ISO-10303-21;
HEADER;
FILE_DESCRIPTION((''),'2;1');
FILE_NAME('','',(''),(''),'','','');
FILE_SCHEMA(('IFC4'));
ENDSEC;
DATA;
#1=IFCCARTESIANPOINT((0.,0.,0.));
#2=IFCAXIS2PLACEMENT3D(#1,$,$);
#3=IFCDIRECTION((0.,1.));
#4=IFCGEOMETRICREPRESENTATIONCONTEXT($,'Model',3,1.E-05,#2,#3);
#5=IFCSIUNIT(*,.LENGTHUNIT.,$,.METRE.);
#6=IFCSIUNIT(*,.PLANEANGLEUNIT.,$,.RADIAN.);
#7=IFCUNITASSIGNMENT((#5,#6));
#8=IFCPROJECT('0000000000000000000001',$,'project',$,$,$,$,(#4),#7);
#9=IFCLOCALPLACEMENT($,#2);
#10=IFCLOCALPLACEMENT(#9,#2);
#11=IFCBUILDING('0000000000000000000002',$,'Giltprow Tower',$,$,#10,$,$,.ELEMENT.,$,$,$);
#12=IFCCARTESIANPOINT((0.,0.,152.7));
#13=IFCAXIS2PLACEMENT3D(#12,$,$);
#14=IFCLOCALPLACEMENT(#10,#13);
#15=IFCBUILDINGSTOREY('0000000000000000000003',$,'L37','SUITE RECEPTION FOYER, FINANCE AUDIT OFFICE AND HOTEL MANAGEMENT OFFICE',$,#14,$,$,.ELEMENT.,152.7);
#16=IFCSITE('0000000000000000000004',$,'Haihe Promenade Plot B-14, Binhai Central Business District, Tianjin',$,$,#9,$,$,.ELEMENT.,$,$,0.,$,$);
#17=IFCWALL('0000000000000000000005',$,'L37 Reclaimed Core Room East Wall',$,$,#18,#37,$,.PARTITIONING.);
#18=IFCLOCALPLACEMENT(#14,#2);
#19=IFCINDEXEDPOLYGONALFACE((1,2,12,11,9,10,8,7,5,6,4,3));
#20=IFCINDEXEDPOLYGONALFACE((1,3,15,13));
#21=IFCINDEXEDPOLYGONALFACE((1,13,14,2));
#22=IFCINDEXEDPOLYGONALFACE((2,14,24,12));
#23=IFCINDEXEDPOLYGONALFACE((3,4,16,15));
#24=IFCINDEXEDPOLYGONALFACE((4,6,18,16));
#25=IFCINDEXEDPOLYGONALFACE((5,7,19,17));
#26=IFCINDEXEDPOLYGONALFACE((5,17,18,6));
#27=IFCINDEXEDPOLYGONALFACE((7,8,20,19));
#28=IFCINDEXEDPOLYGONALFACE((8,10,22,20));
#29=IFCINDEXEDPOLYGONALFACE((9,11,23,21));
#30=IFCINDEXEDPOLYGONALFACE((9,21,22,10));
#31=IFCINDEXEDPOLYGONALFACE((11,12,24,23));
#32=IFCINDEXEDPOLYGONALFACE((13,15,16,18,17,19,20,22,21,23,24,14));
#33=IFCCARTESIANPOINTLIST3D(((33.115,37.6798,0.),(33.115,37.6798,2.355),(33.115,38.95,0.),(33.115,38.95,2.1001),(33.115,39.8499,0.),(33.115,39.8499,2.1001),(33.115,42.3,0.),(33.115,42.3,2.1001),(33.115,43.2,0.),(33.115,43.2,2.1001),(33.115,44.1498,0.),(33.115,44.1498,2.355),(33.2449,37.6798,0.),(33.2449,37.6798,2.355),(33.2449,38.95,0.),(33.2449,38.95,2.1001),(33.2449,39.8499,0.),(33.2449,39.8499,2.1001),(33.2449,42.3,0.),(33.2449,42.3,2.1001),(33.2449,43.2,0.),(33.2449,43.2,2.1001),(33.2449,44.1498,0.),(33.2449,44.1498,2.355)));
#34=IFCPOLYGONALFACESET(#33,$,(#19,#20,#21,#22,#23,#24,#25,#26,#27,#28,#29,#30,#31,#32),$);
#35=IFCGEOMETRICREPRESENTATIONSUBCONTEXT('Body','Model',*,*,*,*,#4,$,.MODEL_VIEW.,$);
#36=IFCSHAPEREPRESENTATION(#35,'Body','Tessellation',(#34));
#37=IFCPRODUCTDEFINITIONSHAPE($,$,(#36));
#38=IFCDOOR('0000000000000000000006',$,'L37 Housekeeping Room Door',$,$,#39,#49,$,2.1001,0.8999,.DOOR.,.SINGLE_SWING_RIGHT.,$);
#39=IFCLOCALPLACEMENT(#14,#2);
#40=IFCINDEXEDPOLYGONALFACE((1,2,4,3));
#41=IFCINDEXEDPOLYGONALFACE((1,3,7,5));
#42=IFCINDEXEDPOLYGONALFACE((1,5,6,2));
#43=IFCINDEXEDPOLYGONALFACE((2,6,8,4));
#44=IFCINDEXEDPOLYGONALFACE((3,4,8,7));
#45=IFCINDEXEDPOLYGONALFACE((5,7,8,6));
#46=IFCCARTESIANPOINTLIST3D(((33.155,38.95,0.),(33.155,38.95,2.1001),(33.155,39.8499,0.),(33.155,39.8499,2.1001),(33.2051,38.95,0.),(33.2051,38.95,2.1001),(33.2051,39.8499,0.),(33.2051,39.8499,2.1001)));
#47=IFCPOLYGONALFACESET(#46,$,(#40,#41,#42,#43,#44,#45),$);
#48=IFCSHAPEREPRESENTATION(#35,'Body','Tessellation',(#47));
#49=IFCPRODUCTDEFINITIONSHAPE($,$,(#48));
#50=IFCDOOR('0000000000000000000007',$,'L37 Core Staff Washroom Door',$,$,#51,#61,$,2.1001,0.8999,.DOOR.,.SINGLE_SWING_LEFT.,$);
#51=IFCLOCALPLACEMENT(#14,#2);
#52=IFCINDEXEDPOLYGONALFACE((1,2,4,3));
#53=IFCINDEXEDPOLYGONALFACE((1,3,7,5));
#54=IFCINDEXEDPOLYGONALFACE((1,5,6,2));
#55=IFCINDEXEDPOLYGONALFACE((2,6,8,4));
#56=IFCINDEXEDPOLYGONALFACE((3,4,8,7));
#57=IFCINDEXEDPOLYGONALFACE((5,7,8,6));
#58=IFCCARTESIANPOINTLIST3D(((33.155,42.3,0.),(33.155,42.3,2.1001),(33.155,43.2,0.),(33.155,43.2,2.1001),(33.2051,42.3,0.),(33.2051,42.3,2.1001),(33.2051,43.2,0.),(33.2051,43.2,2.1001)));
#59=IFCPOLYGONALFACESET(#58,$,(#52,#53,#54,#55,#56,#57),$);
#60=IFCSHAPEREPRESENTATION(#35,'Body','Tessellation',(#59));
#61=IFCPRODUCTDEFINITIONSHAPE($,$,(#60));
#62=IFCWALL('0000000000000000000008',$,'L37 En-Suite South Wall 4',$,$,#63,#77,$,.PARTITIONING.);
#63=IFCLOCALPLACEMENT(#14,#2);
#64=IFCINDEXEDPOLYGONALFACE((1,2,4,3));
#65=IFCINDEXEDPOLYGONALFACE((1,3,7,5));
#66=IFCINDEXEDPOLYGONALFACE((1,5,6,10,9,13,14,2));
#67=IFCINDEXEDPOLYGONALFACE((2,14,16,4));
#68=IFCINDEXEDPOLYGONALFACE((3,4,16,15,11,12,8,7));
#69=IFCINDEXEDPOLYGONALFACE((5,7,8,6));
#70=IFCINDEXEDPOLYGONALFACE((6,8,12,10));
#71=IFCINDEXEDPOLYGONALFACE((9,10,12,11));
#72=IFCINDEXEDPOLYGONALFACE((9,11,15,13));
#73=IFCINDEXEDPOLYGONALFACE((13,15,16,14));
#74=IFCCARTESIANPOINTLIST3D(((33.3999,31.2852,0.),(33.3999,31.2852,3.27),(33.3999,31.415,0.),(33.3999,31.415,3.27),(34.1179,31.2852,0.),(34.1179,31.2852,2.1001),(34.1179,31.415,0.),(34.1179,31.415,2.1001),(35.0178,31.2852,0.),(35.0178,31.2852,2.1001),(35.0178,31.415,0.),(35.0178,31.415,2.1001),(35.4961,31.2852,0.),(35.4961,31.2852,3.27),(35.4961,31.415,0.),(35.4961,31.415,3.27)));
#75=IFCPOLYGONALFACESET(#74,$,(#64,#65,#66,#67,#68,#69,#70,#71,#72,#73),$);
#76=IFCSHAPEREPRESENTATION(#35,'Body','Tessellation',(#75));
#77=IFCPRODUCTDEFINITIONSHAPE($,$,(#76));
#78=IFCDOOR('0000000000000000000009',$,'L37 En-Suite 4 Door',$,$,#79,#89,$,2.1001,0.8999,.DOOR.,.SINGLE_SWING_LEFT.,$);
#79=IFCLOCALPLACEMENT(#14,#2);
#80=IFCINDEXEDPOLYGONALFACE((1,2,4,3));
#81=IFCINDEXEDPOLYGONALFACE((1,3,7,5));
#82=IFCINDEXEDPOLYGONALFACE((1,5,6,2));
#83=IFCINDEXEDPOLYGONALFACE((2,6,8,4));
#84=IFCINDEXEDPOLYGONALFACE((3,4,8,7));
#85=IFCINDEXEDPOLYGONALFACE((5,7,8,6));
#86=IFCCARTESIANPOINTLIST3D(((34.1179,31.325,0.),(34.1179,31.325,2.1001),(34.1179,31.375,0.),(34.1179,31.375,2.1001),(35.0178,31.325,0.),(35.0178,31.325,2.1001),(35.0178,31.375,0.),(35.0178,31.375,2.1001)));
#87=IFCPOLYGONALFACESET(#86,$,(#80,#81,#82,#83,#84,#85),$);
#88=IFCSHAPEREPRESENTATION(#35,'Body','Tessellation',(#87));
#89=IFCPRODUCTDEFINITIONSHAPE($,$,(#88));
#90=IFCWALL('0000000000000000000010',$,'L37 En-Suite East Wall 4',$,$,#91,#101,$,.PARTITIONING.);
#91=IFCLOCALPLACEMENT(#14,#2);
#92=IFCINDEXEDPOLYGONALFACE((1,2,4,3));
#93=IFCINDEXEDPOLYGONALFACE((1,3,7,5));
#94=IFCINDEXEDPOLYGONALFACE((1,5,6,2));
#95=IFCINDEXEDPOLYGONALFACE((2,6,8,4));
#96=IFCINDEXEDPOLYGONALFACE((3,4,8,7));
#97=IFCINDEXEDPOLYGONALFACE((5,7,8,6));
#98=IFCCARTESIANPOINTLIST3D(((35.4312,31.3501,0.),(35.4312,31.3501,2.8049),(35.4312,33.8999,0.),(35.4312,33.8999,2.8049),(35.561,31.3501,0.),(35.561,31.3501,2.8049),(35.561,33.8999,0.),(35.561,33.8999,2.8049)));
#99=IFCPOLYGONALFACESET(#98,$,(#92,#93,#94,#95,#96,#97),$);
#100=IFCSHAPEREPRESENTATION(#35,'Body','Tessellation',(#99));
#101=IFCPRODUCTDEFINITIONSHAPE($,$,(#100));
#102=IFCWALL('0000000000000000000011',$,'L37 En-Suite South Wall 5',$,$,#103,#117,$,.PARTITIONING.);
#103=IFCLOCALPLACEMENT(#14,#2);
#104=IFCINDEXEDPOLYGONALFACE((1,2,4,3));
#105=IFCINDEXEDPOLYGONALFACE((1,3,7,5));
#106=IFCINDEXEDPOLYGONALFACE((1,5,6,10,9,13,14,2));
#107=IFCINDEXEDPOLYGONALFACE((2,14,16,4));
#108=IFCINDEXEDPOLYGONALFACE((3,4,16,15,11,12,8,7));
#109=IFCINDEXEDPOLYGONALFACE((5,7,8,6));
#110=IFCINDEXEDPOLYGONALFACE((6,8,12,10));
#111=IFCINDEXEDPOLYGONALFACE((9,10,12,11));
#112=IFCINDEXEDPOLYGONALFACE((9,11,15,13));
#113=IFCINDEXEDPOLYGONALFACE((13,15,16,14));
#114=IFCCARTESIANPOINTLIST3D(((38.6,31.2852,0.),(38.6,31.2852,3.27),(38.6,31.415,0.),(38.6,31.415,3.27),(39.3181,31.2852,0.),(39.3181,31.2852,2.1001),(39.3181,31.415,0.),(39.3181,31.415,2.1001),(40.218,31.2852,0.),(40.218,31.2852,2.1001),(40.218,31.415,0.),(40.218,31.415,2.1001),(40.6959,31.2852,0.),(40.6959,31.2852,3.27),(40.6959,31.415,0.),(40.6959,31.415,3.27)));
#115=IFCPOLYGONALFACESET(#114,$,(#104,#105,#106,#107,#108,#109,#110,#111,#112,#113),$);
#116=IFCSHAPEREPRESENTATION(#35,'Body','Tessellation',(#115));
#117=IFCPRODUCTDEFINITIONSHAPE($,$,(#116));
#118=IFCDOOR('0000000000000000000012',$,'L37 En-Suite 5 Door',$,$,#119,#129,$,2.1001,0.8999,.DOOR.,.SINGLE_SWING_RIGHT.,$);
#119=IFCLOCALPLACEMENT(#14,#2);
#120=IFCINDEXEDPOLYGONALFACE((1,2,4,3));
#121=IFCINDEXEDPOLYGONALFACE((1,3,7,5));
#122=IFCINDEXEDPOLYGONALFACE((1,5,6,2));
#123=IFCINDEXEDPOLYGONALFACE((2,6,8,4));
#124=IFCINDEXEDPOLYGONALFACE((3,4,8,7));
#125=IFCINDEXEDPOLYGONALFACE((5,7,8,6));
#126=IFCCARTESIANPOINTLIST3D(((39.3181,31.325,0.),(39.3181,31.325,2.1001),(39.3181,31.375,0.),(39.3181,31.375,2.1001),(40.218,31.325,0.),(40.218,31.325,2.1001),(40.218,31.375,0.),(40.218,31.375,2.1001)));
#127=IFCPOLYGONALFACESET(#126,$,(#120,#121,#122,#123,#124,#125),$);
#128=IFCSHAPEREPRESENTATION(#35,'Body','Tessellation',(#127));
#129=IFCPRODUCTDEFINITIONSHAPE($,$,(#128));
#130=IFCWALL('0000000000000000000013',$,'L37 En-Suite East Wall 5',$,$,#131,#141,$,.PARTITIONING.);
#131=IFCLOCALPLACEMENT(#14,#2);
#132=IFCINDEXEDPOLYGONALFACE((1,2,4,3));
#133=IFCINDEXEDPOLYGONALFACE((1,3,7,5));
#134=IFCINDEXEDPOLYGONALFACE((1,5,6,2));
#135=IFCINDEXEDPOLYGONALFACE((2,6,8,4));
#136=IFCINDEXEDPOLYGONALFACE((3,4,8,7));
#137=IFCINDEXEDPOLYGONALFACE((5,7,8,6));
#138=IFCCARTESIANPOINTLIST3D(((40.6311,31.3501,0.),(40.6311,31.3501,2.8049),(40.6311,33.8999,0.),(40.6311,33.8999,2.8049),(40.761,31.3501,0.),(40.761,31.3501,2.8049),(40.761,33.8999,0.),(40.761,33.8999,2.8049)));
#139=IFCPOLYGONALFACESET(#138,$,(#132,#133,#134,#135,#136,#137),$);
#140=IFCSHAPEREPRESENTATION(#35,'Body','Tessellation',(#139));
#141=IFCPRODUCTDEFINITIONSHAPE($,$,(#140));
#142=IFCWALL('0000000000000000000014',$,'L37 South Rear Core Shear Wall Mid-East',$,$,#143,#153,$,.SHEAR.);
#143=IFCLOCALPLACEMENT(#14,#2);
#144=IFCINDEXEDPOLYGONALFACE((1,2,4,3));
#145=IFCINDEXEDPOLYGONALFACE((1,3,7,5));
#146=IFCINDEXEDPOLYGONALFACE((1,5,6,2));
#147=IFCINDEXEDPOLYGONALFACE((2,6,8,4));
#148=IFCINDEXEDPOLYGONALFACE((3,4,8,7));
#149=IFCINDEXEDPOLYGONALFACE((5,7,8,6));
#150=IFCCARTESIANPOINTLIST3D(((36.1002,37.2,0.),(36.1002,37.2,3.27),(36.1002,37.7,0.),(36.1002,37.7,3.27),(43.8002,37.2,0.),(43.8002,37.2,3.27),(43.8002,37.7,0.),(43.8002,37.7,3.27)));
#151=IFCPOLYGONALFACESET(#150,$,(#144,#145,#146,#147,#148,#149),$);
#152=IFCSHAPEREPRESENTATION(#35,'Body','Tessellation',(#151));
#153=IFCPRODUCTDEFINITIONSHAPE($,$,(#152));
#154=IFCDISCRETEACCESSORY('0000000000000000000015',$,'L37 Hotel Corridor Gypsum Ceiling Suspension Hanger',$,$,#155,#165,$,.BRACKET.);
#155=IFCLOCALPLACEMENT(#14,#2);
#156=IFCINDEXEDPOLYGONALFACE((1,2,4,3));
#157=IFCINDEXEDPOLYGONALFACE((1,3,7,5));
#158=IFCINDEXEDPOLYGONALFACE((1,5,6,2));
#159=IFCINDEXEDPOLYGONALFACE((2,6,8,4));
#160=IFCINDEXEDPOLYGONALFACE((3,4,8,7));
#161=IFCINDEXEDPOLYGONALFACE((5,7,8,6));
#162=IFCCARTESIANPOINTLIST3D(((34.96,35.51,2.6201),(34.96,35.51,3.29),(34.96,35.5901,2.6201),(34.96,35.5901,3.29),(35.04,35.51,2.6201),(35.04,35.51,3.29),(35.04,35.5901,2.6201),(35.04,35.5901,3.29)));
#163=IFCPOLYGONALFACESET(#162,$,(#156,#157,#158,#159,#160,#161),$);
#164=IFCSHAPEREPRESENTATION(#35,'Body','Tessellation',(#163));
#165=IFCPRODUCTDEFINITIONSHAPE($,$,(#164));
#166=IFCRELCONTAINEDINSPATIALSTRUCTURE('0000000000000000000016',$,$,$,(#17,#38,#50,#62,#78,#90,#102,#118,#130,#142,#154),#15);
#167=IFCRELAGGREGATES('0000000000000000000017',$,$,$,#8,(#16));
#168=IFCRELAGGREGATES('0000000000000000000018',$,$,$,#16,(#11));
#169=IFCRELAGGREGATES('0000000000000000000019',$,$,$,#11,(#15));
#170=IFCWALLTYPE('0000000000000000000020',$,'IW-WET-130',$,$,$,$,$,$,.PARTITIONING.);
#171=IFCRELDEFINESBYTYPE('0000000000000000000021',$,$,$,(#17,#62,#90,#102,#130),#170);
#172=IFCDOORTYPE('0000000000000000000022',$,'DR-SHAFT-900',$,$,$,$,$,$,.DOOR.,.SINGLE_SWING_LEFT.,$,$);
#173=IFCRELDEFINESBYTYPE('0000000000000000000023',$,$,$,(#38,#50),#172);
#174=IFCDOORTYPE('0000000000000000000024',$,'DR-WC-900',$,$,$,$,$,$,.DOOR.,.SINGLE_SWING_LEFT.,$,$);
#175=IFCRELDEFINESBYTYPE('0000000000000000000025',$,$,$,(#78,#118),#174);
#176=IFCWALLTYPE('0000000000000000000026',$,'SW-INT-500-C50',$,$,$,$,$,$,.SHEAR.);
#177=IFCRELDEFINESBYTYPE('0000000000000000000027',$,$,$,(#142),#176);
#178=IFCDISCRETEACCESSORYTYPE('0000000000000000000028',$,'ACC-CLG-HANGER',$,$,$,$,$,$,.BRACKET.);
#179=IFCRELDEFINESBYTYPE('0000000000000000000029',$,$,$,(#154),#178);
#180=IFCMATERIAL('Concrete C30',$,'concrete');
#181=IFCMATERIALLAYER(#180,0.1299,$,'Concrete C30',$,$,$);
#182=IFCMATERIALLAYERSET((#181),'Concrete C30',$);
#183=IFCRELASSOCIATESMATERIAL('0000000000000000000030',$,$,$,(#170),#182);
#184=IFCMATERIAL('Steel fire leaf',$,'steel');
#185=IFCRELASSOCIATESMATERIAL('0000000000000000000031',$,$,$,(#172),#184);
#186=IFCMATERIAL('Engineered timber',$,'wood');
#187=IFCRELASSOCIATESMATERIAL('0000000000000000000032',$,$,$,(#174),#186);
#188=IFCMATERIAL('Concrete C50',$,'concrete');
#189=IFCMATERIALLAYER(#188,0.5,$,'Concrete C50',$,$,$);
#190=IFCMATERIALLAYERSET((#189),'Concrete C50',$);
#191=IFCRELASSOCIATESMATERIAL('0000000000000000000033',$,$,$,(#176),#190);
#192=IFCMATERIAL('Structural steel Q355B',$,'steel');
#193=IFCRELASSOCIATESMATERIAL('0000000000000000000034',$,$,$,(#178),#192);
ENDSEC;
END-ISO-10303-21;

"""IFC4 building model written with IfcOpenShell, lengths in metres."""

from ifc_helpers import new_model, si_unit, direction, frame, frame_2d, origin, origin_2d, place, context, subcontext, project, spatial, rectangle, extrude, source, transform, mapped, material, layer, layer_set, type_object, element, fill, save


model = new_model("IFC4")

# Units and contexts
model_context = context("Model", 3, precision=1e-05, world=origin(), true_north=direction((0.0, 1.0)))
body_context = subcontext(model_context, "Body", "Model", "MODEL_VIEW")
ifc_project = project(units=[si_unit("LENGTHUNIT", "METRE"), si_unit("PLANEANGLEUNIT", "RADIAN")], contexts=[model_context])

# Site, building, storey
site_placement = place(None, origin())
site = spatial("IfcSite", under=ifc_project, at=site_placement, Name="Haihe Promenade Plot B-14, Binhai Central Business District, Tianjin", CompositionType="ELEMENT", RefElevation=0.0)
building_placement = place(site_placement, origin())
building = spatial("IfcBuilding", under=site, at=building_placement, Name="Giltprow Tower", CompositionType="ELEMENT")
storey_placement = place(building_placement, frame((0.0, 0.0, 152.7)))
storey = spatial("IfcBuildingStorey", under=building, at=storey_placement, Name="L37", Description="SUITE RECEPTION FOYER, FINANCE AUDIT OFFICE AND HOTEL MANAGEMENT OFFICE", CompositionType="ELEMENT", Elevation=152.7)

# Shared definitions
ifc_material_1 = material(Name="Concrete C50", Category="concrete")

# Shared definitions
ifc_material_2 = material(Name="Structural steel Q355B", Category="steel")

# Wall, openings, doors
ifc_material_3 = material(Name="Concrete C30", Category="concrete")
ifc_layer_1 = layer(ifc_material_3, 0.1299, Name="Concrete C30")
ifc_layer_set_1 = layer_set([ifc_layer_1], Name="Concrete C30")
wall_type_1 = type_object("IfcWallType", Name="IW-WET-130", PredefinedType="PARTITIONING", material=ifc_layer_set_1)
wall_1_placement = place(storey_placement, frame((33.1799, 37.6799, 0.0), z_axis=(0.0, 0.0, 1.0), x_axis=(0.0, 1.0, 0.0)))
wall_1 = element("IfcWall", 1, at=wall_1_placement, inside=storey, type_object=wall_type_1, Name="L37 Reclaimed Core Room East Wall", PredefinedType="PARTITIONING", context=body_context, shape_type="SweptSolid", body=[
    extrude(rectangle(XDim=6.47, YDim=0.1299, at=frame_2d((3.2349, 0.0))), origin(), (0.0, 0.0, 1.0), 2.355),
])
opening_1_placement = place(wall_1_placement, frame((1.27, 0.0, 0.0)))
opening_1 = element("IfcOpeningElement", 2, at=opening_1_placement, cuts=wall_1, PredefinedType="OPENING", context=body_context, shape_type="SweptSolid", body=[
    extrude(rectangle(XDim=0.8999, YDim=2.1001, at=frame_2d((0.45, 1.05))), frame((0.0, 0.075, 0.0), z_axis=(0.0, -1.0, 0.0), x_axis=(1.0, 0.0, 0.0)), (0.0, 0.0, 1.0), 0.1499),
])
opening_2_placement = place(wall_1_placement, frame((4.6201, 0.0, 0.0)))
opening_2 = element("IfcOpeningElement", 3, at=opening_2_placement, cuts=wall_1, PredefinedType="OPENING", context=body_context, shape_type="SweptSolid", body=[
    extrude(rectangle(XDim=0.8999, YDim=2.1001, at=frame_2d((0.45, 1.05))), frame((0.0, 0.075, 0.0), z_axis=(0.0, -1.0, 0.0), x_axis=(1.0, 0.0, 0.0)), (0.0, 0.0, 1.0), 0.1499),
])
ifc_material_4 = material(Name="Steel fire leaf", Category="steel")
door_type_1 = type_object("IfcDoorType", Name="DR-SHAFT-900", OperationType="SINGLE_SWING_LEFT", PredefinedType="DOOR", material=ifc_material_4)
shared_shape_1 = source(origin(), body_context, "Body", "SweptSolid", [
    extrude(rectangle(XDim=0.8999, YDim=2.1001, at=frame_2d((0.45, 1.05))), frame((0.0, 0.0249, 0.0), z_axis=(0.0, -1.0, 0.0), x_axis=(1.0, 0.0, 0.0)), (0.0, 0.0, 1.0), 0.05),
])
door_1_placement = place(opening_1_placement, origin())
door_1 = element("IfcDoor", 4, at=door_1_placement, inside=storey, type_object=door_type_1, Name="L37 Housekeeping Room Door", OperationType="SINGLE_SWING_RIGHT", OverallHeight=2.1001, OverallWidth=0.8999, PredefinedType="DOOR", context=body_context, shape_type="MappedRepresentation", body=[
    mapped(shared_shape_1, transform((0.0, 0.0, 0.0), x_axis=(1.0, 0.0, 0.0), y_axis=(0.0, 1.0, 0.0), z_axis=(0.0, 0.0, 1.0), scale=1.0)),
])
fill(opening_1, door_1)
door_2_placement = place(opening_2_placement, origin())
door_2 = element("IfcDoor", 5, at=door_2_placement, inside=storey, type_object=door_type_1, Name="L37 Core Staff Washroom Door", OperationType="SINGLE_SWING_LEFT", OverallHeight=2.1001, OverallWidth=0.8999, PredefinedType="DOOR", context=body_context, shape_type="MappedRepresentation", body=[
    mapped(shared_shape_1, transform((0.0, 0.0, 0.0), x_axis=(1.0, 0.0, 0.0), y_axis=(0.0, 1.0, 0.0), z_axis=(0.0, 0.0, 1.0), scale=1.0)),
])
fill(opening_2, door_2)

# Wall, opening, door
wall_2_placement = place(storey_placement, frame((33.3999, 31.3501, 0.0), z_axis=(0.0, 0.0, 1.0), x_axis=(1.0, 0.0, 0.0)))
wall_2 = element("IfcWall", 6, at=wall_2_placement, inside=storey, type_object=wall_type_1, Name="L37 En-Suite South Wall 4", PredefinedType="PARTITIONING", context=body_context, shape_type="SweptSolid", body=[
    extrude(rectangle(XDim=2.0962, YDim=0.1299, at=frame_2d((1.0481, 0.0))), origin(), (0.0, 0.0, 1.0), 3.27),
])
opening_3_placement = place(wall_2_placement, frame((0.718, 0.0, 0.0)))
opening_3 = element("IfcOpeningElement", 7, at=opening_3_placement, cuts=wall_2, PredefinedType="OPENING", context=body_context, shape_type="SweptSolid", body=[
    extrude(rectangle(XDim=0.8999, YDim=2.1001, at=frame_2d((0.45, 1.05))), frame((0.0, 0.075, 0.0), z_axis=(0.0, -1.0, 0.0), x_axis=(1.0, 0.0, 0.0)), (0.0, 0.0, 1.0), 0.1499),
])
ifc_material_5 = material(Name="Engineered timber", Category="wood")
door_type_2 = type_object("IfcDoorType", Name="DR-WC-900", OperationType="SINGLE_SWING_LEFT", PredefinedType="DOOR", material=ifc_material_5)
door_3_placement = place(opening_3_placement, origin())
door_3 = element("IfcDoor", 8, at=door_3_placement, inside=storey, type_object=door_type_2, Name="L37 En-Suite 4 Door", OperationType="SINGLE_SWING_LEFT", OverallHeight=2.1001, OverallWidth=0.8999, PredefinedType="DOOR", context=body_context, shape_type="MappedRepresentation", body=[
    mapped(shared_shape_1, transform((0.0, 0.0, 0.0), x_axis=(1.0, 0.0, 0.0), y_axis=(0.0, 1.0, 0.0), z_axis=(0.0, 0.0, 1.0), scale=1.0)),
])
fill(opening_3, door_3)

# Wall
wall_3_placement = place(storey_placement, frame((35.4961, 31.3501, 0.0), z_axis=(0.0, 0.0, 1.0), x_axis=(0.0, 1.0, 0.0)))
element("IfcWall", 9, at=wall_3_placement, inside=storey, type_object=wall_type_1, Name="L37 En-Suite East Wall 4", PredefinedType="PARTITIONING", context=body_context, shape_type="SweptSolid", body=[
    extrude(rectangle(XDim=2.5498, YDim=0.1299, at=frame_2d((1.2749, 0.0))), origin(), (0.0, 0.0, 1.0), 2.8049),
])

# Wall, opening, door
wall_4_placement = place(storey_placement, frame((38.6001, 31.3501, 0.0), z_axis=(0.0, 0.0, 1.0), x_axis=(1.0, 0.0, 0.0)))
wall_4 = element("IfcWall", 10, at=wall_4_placement, inside=storey, type_object=wall_type_1, Name="L37 En-Suite South Wall 5", PredefinedType="PARTITIONING", context=body_context, shape_type="SweptSolid", body=[
    extrude(rectangle(XDim=2.0959, YDim=0.1299, at=frame_2d((1.0479, 0.0))), origin(), (0.0, 0.0, 1.0), 3.27),
])
opening_4_placement = place(wall_4_placement, frame((0.718, 0.0, 0.0)))
opening_4 = element("IfcOpeningElement", 11, at=opening_4_placement, cuts=wall_4, PredefinedType="OPENING", context=body_context, shape_type="SweptSolid", body=[
    extrude(rectangle(XDim=0.8999, YDim=2.1001, at=frame_2d((0.45, 1.05))), frame((0.0, 0.075, 0.0), z_axis=(0.0, -1.0, 0.0), x_axis=(1.0, 0.0, 0.0)), (0.0, 0.0, 1.0), 0.1499),
])
door_4_placement = place(opening_4_placement, origin())
door_4 = element("IfcDoor", 12, at=door_4_placement, inside=storey, type_object=door_type_2, Name="L37 En-Suite 5 Door", OperationType="SINGLE_SWING_RIGHT", OverallHeight=2.1001, OverallWidth=0.8999, PredefinedType="DOOR", context=body_context, shape_type="MappedRepresentation", body=[
    mapped(shared_shape_1, transform((0.0, 0.0, 0.0), x_axis=(1.0, 0.0, 0.0), y_axis=(0.0, 1.0, 0.0), z_axis=(0.0, 0.0, 1.0), scale=1.0)),
])
fill(opening_4, door_4)

# Walls
wall_5_placement = place(storey_placement, frame((40.696, 31.3501, 0.0), z_axis=(0.0, 0.0, 1.0), x_axis=(0.0, 1.0, 0.0)))
element("IfcWall", 13, at=wall_5_placement, inside=storey, type_object=wall_type_1, Name="L37 En-Suite East Wall 5", PredefinedType="PARTITIONING", context=body_context, shape_type="SweptSolid", body=[
    extrude(rectangle(XDim=2.5498, YDim=0.1299, at=frame_2d((1.2749, 0.0))), origin(), (0.0, 0.0, 1.0), 2.8049),
])
ifc_layer_2 = layer(ifc_material_1, 0.5, Name="Concrete C50")
ifc_layer_set_2 = layer_set([ifc_layer_2], Name="Concrete C50")
wall_type_2 = type_object("IfcWallType", Name="SW-INT-500-C50", PredefinedType="SHEAR", material=ifc_layer_set_2)
wall_6_placement = place(storey_placement, frame((36.1001, 37.45, 0.0), z_axis=(0.0, 0.0, 1.0), x_axis=(1.0, 0.0, 0.0)))
element("IfcWall", 14, at=wall_6_placement, inside=storey, type_object=wall_type_2, Name="L37 South Rear Core Shear Wall Mid-East", PredefinedType="SHEAR", context=body_context, shape_type="SweptSolid", body=[
    extrude(rectangle(XDim=7.7, YDim=0.5, at=frame_2d((3.8501, 0.0))), origin(), (0.0, 0.0, 1.0), 3.27),
])

# Discrete accessory
discrete_accessory_type = type_object("IfcDiscreteAccessoryType", Name="ACC-CLG-HANGER", PredefinedType="BRACKET", material=ifc_material_2)
shared_shape_2 = source(origin(), body_context, "Body", "SweptSolid", [
    extrude(rectangle(XDim=0.0801, YDim=0.0801, at=origin_2d()), origin(), (0.0, 0.0, 1.0), 0.6699),
])
discrete_accessory_placement = place(storey_placement, frame((35.0, 35.55, 2.6201), z_axis=(0.0, 0.0, 1.0), x_axis=(1.0, 0.0, 0.0)))
element("IfcDiscreteAccessory", 15, at=discrete_accessory_placement, inside=storey, type_object=discrete_accessory_type, Name="L37 Hotel Corridor Gypsum Ceiling Suspension Hanger", PredefinedType="BRACKET", context=body_context, shape_type="MappedRepresentation", body=[
    mapped(shared_shape_2, transform((0.0, 0.0, 0.0), x_axis=(1.0, 0.0, 0.0), y_axis=(0.0, 1.0, 0.0), z_axis=(0.0, 0.0, 1.0), scale=1.0)),
])

save(model, "model.ifc")
